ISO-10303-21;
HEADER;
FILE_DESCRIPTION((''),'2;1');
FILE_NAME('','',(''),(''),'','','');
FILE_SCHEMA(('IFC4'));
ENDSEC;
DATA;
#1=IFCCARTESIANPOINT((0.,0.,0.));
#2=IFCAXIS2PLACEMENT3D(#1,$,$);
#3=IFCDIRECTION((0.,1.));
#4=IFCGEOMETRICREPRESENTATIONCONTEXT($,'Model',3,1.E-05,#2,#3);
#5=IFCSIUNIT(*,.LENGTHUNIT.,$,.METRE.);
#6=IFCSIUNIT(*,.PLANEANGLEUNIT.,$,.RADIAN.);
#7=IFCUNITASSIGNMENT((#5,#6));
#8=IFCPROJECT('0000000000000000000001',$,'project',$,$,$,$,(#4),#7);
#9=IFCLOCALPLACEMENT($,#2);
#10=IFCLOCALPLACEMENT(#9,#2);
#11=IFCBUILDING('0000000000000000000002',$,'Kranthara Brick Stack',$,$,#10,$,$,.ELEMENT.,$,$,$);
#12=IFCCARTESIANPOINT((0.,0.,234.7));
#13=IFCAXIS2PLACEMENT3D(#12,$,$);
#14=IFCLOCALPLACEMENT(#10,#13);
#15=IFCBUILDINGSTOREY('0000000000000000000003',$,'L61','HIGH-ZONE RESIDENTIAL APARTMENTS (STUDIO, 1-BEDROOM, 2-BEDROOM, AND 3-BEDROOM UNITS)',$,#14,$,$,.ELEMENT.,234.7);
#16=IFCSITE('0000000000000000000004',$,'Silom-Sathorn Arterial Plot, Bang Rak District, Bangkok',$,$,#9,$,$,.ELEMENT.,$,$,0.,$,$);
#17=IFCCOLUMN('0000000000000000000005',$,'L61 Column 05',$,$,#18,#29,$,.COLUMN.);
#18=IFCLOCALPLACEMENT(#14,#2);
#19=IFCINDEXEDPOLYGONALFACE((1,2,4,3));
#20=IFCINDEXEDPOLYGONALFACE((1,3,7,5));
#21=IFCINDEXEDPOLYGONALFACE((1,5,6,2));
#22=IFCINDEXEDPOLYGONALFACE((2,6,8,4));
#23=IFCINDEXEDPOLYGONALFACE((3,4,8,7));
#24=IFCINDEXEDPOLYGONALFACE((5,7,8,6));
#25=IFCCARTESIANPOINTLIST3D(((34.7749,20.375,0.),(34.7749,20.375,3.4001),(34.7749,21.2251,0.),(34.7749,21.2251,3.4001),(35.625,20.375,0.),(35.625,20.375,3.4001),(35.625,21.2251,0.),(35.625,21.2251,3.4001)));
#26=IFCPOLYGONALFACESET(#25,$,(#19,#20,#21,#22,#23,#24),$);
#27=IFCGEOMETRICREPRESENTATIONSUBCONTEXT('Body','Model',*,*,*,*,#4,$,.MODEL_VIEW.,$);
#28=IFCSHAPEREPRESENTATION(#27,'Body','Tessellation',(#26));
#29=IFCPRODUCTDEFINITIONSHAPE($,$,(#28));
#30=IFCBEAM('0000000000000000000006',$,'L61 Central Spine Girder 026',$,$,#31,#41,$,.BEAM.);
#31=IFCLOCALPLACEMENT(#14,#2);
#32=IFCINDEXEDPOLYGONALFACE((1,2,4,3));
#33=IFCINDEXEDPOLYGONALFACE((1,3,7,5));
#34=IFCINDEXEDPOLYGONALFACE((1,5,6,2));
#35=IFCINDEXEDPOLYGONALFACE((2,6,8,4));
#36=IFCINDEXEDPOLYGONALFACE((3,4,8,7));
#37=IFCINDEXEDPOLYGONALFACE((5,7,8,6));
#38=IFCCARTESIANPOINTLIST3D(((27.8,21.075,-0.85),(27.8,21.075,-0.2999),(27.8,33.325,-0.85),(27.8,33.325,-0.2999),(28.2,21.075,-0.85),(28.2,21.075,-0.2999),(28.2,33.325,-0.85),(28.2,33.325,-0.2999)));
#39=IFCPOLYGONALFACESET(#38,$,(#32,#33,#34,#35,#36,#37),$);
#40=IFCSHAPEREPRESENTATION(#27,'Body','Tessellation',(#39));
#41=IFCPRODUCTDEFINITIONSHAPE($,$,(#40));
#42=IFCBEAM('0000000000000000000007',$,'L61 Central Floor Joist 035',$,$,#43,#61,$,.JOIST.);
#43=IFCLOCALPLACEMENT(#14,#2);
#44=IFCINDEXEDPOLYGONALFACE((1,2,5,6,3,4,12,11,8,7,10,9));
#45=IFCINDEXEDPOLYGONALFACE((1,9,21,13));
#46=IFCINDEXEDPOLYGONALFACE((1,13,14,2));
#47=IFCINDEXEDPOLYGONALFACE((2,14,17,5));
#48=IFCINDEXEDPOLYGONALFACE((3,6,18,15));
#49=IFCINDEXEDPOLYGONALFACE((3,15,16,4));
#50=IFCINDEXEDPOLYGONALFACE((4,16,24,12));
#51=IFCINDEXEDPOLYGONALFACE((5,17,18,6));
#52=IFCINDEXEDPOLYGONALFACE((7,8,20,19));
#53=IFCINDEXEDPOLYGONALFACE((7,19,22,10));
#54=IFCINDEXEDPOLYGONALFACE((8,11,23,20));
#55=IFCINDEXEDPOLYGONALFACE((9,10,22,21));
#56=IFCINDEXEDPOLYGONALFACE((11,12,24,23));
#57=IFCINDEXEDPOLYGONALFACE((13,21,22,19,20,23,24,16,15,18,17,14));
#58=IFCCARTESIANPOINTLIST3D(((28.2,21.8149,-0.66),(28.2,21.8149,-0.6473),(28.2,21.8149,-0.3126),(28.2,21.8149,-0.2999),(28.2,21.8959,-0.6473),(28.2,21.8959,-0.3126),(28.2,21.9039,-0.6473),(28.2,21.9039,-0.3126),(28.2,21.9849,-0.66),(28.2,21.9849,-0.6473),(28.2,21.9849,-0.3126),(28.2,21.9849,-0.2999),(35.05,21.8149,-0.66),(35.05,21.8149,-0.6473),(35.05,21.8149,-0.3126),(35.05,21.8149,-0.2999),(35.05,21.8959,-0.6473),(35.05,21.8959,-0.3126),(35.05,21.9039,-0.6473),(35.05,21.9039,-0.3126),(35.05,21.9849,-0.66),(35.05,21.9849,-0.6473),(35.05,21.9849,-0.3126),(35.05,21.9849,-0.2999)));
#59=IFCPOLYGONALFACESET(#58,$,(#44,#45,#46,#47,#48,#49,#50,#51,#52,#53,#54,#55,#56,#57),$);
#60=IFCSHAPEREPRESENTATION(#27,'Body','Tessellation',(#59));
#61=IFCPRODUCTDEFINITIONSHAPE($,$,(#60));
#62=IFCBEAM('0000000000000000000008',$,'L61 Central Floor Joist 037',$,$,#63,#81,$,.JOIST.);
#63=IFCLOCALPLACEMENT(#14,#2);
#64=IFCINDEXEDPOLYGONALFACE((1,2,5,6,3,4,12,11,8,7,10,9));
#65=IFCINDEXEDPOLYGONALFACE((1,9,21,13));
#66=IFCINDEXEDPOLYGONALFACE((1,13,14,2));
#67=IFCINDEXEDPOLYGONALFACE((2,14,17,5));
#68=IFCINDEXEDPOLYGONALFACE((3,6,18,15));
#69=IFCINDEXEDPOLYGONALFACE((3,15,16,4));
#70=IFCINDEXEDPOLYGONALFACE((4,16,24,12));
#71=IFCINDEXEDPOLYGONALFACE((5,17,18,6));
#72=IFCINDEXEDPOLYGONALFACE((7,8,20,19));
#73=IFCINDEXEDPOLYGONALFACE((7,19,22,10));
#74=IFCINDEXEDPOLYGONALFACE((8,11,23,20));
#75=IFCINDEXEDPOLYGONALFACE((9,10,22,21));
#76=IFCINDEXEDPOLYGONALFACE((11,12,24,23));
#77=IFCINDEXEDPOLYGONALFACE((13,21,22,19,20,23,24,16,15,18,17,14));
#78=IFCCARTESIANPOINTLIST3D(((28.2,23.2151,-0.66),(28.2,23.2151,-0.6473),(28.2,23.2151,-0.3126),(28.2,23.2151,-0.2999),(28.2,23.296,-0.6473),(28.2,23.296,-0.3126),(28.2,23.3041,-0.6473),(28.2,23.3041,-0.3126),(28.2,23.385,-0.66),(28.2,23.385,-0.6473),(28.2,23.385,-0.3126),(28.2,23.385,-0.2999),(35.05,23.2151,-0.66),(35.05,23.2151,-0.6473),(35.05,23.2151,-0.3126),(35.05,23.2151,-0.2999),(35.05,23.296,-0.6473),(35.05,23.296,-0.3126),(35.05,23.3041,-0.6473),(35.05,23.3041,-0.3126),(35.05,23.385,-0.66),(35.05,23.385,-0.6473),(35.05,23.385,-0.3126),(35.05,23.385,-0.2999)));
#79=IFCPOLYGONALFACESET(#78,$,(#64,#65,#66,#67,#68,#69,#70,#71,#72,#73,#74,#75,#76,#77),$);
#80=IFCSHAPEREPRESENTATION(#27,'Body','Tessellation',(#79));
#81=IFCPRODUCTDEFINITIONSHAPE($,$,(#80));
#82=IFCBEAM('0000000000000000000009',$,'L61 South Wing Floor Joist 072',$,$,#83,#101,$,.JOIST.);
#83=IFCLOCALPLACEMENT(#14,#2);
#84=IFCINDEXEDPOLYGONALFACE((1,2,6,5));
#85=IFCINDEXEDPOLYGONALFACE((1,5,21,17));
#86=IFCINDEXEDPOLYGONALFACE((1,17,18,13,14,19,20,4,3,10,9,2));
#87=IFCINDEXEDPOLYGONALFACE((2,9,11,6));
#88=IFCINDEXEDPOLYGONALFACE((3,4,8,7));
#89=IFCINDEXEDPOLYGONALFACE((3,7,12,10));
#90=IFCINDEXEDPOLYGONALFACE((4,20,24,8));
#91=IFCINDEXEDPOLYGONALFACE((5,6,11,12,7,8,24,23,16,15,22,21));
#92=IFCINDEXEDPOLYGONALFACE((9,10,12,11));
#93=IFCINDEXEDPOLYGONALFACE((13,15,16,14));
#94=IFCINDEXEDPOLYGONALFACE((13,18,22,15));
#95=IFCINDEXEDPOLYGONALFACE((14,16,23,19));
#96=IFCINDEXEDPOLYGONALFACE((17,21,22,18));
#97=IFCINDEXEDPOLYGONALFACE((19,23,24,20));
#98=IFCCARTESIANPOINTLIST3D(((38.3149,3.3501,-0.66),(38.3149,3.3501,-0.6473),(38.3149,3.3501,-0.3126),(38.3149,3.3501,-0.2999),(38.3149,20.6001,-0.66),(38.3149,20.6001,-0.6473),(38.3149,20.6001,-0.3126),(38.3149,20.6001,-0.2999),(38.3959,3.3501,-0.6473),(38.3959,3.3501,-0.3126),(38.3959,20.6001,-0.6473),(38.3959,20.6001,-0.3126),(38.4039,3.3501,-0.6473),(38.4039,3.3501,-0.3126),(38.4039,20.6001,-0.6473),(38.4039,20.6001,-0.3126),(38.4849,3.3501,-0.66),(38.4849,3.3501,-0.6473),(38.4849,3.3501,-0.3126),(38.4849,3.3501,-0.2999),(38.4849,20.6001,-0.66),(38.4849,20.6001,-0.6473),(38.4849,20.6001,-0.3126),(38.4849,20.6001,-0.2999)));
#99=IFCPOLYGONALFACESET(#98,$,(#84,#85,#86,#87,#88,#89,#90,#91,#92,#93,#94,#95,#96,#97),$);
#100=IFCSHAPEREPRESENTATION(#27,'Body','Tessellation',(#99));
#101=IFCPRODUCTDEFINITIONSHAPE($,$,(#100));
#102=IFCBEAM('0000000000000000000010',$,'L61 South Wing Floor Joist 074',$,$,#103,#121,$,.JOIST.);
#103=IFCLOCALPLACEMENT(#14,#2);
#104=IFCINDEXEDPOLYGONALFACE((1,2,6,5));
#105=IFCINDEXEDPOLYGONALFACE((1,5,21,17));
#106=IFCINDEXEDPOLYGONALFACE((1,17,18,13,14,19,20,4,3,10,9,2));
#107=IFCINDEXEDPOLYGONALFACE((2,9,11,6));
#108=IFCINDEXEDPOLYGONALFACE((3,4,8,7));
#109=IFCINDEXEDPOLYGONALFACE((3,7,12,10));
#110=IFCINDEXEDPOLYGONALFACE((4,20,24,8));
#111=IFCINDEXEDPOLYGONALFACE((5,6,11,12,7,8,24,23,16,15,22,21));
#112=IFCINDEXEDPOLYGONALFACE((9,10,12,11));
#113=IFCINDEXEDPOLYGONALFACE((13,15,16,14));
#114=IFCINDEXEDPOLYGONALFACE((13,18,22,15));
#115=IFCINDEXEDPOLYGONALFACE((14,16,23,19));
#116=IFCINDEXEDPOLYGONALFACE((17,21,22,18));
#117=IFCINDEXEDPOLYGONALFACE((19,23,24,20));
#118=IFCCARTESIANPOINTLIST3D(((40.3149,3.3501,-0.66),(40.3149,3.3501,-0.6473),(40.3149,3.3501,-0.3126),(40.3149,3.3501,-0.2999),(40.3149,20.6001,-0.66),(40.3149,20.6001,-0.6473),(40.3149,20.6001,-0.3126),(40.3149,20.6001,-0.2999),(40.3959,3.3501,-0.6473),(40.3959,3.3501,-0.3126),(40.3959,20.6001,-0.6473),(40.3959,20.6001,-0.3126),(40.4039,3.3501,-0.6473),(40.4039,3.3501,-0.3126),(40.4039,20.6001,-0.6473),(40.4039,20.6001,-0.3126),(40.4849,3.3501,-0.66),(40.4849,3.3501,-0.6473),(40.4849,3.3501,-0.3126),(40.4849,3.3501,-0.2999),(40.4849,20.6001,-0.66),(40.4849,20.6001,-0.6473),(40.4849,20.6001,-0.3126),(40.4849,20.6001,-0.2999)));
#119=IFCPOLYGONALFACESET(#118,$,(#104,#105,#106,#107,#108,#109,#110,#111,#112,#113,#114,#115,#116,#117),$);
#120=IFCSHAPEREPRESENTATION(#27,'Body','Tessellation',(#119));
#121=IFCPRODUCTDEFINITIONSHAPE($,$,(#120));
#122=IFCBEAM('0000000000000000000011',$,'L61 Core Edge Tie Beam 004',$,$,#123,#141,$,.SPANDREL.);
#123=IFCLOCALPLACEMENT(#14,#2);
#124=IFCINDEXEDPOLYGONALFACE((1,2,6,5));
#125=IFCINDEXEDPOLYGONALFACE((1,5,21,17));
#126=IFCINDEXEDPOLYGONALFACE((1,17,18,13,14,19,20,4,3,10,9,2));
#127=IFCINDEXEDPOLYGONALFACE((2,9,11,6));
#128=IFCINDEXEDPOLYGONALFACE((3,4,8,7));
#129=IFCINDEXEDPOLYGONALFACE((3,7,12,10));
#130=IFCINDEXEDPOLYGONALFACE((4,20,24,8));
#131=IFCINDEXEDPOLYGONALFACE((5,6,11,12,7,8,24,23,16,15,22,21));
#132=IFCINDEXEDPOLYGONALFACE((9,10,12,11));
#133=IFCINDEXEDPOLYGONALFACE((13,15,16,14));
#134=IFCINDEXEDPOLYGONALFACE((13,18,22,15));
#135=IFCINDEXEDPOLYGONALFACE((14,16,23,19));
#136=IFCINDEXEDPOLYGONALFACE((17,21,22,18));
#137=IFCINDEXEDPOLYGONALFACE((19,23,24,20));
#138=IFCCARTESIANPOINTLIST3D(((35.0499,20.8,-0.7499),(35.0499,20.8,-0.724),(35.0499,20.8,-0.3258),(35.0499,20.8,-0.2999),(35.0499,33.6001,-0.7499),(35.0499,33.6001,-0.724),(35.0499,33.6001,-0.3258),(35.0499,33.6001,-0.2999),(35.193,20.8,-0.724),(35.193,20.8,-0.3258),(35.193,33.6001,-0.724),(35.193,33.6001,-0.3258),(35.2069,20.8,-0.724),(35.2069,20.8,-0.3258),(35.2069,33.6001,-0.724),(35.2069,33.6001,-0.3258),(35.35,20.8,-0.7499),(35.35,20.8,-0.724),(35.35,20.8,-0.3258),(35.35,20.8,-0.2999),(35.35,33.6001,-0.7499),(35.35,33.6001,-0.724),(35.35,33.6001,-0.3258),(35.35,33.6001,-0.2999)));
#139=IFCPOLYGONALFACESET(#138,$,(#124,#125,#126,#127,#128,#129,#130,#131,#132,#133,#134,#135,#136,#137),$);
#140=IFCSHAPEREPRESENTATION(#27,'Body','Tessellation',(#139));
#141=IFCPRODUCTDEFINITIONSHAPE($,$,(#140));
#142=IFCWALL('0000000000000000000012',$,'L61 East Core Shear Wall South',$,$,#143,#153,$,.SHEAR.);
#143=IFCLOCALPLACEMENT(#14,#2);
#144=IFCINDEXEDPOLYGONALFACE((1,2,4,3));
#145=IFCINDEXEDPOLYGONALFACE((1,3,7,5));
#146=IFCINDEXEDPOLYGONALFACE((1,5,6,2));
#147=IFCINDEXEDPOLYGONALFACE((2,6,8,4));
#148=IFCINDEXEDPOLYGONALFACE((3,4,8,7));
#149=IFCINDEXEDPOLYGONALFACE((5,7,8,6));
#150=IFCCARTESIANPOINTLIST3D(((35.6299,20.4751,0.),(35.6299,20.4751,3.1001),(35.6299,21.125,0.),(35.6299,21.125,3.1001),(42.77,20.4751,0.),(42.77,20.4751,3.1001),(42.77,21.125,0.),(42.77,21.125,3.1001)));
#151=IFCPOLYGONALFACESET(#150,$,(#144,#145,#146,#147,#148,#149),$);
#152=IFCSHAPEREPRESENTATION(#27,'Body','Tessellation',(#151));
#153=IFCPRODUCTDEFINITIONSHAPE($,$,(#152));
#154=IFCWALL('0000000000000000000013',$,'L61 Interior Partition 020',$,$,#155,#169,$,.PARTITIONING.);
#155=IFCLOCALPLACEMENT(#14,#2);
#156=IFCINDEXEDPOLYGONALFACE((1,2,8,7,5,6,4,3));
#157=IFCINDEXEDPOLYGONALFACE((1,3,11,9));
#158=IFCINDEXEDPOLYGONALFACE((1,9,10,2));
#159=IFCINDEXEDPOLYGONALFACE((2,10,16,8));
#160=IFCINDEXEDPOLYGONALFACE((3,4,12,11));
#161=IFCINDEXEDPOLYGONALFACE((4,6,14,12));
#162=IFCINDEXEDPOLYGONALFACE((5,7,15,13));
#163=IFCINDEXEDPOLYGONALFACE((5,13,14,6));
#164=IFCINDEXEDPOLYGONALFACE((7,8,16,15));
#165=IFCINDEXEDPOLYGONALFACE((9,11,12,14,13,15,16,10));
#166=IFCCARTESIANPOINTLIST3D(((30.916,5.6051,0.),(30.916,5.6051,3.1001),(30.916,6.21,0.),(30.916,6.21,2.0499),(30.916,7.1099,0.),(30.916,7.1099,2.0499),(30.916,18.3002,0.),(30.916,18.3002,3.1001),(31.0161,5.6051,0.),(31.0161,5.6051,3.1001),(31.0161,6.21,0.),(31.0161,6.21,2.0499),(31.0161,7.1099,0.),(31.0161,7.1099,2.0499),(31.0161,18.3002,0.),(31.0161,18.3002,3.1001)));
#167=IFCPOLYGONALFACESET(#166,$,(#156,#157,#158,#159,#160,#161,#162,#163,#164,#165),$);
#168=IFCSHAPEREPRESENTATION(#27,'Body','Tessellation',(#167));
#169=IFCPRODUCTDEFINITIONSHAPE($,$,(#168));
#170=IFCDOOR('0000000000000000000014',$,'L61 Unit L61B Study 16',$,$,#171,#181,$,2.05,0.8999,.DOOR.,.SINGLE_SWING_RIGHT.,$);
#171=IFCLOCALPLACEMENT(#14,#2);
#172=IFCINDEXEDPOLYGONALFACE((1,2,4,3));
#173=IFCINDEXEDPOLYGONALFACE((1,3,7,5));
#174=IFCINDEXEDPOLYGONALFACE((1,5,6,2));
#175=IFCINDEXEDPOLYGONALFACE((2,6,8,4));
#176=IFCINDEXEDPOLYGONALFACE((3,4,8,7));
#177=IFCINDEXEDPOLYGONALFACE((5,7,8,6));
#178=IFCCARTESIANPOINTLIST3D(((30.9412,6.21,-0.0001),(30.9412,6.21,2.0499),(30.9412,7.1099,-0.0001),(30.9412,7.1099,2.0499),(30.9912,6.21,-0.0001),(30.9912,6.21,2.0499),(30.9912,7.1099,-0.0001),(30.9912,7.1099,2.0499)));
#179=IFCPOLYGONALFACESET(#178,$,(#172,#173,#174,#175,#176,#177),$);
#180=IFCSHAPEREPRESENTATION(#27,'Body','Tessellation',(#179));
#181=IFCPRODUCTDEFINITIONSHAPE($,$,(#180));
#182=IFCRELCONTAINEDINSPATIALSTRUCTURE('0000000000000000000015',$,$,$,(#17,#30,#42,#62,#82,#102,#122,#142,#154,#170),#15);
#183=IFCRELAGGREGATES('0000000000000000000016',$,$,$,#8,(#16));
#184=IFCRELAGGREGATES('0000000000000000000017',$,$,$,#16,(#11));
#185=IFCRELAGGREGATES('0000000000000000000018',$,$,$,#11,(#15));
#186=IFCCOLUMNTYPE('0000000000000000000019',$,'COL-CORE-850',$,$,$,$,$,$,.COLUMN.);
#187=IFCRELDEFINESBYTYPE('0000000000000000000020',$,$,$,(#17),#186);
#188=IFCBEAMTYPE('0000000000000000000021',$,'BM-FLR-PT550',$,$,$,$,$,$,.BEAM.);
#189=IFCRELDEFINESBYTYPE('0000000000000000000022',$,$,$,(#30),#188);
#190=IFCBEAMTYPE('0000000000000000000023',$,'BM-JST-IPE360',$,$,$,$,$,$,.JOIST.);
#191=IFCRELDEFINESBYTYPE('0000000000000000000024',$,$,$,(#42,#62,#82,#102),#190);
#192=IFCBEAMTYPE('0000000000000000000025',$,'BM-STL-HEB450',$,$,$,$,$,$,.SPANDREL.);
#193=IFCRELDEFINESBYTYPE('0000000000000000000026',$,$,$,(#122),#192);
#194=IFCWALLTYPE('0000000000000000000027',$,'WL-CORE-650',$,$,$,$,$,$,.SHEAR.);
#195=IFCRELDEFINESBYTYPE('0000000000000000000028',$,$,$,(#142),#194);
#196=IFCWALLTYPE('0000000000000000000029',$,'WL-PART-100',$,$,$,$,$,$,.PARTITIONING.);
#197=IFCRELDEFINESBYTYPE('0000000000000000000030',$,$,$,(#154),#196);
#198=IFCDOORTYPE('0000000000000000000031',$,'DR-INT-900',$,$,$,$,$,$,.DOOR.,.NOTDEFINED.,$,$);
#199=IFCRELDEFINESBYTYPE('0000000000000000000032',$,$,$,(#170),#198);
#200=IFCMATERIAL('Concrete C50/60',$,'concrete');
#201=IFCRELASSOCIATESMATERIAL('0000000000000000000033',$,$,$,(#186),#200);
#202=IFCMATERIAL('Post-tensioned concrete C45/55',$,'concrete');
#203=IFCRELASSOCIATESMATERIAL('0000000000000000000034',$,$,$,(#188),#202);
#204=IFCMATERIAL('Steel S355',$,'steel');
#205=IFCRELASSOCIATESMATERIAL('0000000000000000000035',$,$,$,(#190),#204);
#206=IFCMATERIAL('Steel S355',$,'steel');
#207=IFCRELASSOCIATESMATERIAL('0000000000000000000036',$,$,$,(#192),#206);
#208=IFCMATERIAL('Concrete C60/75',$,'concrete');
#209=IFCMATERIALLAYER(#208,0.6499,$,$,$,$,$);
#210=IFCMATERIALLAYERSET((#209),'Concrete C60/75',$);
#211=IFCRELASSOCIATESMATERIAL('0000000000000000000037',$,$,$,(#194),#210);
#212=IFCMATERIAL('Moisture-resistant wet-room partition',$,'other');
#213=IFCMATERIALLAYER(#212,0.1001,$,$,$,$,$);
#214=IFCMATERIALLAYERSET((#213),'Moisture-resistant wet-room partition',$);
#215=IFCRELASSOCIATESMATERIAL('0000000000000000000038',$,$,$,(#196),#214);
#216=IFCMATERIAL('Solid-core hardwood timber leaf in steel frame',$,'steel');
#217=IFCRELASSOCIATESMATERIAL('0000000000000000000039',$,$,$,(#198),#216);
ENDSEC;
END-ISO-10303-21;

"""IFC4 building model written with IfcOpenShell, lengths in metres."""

from ifc_helpers import new_model, si_unit, direction, frame, frame_2d, origin, origin_2d, place, context, subcontext, project, spatial, rectangle, i_section, extrude, material, layer, layer_set, material_profile, profile_set, type_object, element, fill, save


model = new_model("IFC4")

# Units and contexts
model_context = context("Model", 3, precision=1e-05, world=origin(), true_north=direction((0.0, 1.0)))
body_context = subcontext(model_context, "Body", "Model", "MODEL_VIEW")
ifc_project = project(units=[si_unit("LENGTHUNIT", "METRE"), si_unit("PLANEANGLEUNIT", "RADIAN")], contexts=[model_context])

# Site, building, storey
site_placement = place(None, origin())
site = spatial("IfcSite", under=ifc_project, at=site_placement, Name="Silom-Sathorn Arterial Plot, Bang Rak District, Bangkok", CompositionType="ELEMENT", RefElevation=0.0)
building_placement = place(site_placement, origin())
building = spatial("IfcBuilding", under=site, at=building_placement, Name="Kranthara Brick Stack", CompositionType="ELEMENT")
storey_placement = place(building_placement, frame((0.0, 0.0, 234.7)))
storey = spatial("IfcBuildingStorey", under=building, at=storey_placement, Name="L61", Description="HIGH-ZONE RESIDENTIAL APARTMENTS (STUDIO, 1-BEDROOM, 2-BEDROOM, AND 3-BEDROOM UNITS)", CompositionType="ELEMENT", Elevation=234.7)

# Column
ifc_material_1 = material(Name="Concrete C50/60", Category="concrete")
ifc_material_profile_1 = material_profile(ifc_material_1, rectangle(XDim=0.8501, YDim=0.8501, at=origin_2d()), Name="RC 850x850")
ifc_profile_set_1 = profile_set([ifc_material_profile_1], Name="Concrete C50/60")
column_type = type_object("IfcColumnType", Name="COL-CORE-850", PredefinedType="COLUMN", material=ifc_profile_set_1)
column_placement = place(storey_placement, frame((35.2, 20.8, 0.0), z_axis=(0.0, 0.0, 1.0), x_axis=(1.0, 0.0, 0.0)))
element("IfcColumn", 1, at=column_placement, inside=storey, type_object=column_type, Name="L61 Column 05", PredefinedType="COLUMN", context=body_context, shape_type="SweptSolid", body=[
    extrude(rectangle(XDim=0.8501, YDim=0.8501, at=origin_2d()), origin(), (0.0, 0.0, 1.0), 3.4001),
])

# Beams
ifc_material_2 = material(Name="Post-tensioned concrete C45/55", Category="concrete")
ifc_material_profile_2 = material_profile(ifc_material_2, rectangle(XDim=0.3999, YDim=0.55, at=origin_2d()), Name="PT 400x550")
ifc_profile_set_2 = profile_set([ifc_material_profile_2], Name="Post-tensioned concrete C45/55")
beam_type_1 = type_object("IfcBeamType", Name="BM-FLR-PT550", PredefinedType="BEAM", material=ifc_profile_set_2)
beam_1_placement = place(storey_placement, frame((28.0, 21.075, -0.575), z_axis=(0.0, 1.0, 0.0), x_axis=(-1.0, 0.0, 0.0)))
element("IfcBeam", 2, at=beam_1_placement, inside=storey, type_object=beam_type_1, Name="L61 Central Spine Girder 026", PredefinedType="BEAM", context=body_context, shape_type="SweptSolid", body=[
    extrude(rectangle(XDim=0.3999, YDim=0.55, at=origin_2d()), origin(), (0.0, 0.0, 1.0), 12.25),
])
ifc_material_3 = material(Name="Steel S355", Category="steel")
ifc_material_profile_3 = material_profile(ifc_material_3, i_section(OverallWidth=0.1699, OverallDepth=0.3601, WebThickness=0.0081, FlangeThickness=0.0127, at=origin_2d()), Name="IPE 360")
ifc_profile_set_3 = profile_set([ifc_material_profile_3], Name="Steel S355")
beam_type_2 = type_object("IfcBeamType", Name="BM-JST-IPE360", PredefinedType="JOIST", material=ifc_profile_set_3)
for number, where, z_axis, x_axis, name in (
    (3, (28.2, 21.8999, -0.48), (1.0, 0.0, 0.0), (0.0, 1.0, 0.0), "L61 Central Floor Joist 035"),
    (4, (28.2, 23.3, -0.48), (1.0, 0.0, 0.0), (0.0, 1.0, 0.0), "L61 Central Floor Joist 037"),
):
    element("IfcBeam", number, at=place(storey_placement, frame(where, z_axis=z_axis, x_axis=x_axis)), inside=storey, type_object=beam_type_2, Name=name, PredefinedType="JOIST", context=body_context, shape_type="SweptSolid", body=[
        extrude(i_section(OverallWidth=0.1699, OverallDepth=0.3601, WebThickness=0.0081, FlangeThickness=0.0127, at=origin_2d()), origin(), (0.0, 0.0, 1.0), 6.8501),
    ])
for number, where, z_axis, x_axis, name in (
    (5, (38.3999, 3.3501, -0.48), (0.0, 1.0, 0.0), (-1.0, 0.0, 0.0), "L61 South Wing Floor Joist 072"),
    (6, (40.3999, 3.3501, -0.48), (0.0, 1.0, 0.0), (-1.0, 0.0, 0.0), "L61 South Wing Floor Joist 074"),
):
    element("IfcBeam", number, at=place(storey_placement, frame(where, z_axis=z_axis, x_axis=x_axis)), inside=storey, type_object=beam_type_2, Name=name, PredefinedType="JOIST", context=body_context, shape_type="SweptSolid", body=[
        extrude(i_section(OverallWidth=0.1699, OverallDepth=0.3601, WebThickness=0.0081, FlangeThickness=0.0127, at=origin_2d()), origin(), (0.0, 0.0, 1.0), 17.25),
    ])
ifc_material_4 = material(Name="Steel S355", Category="steel")
ifc_material_profile_4 = material_profile(ifc_material_4, i_section(OverallWidth=0.3, OverallDepth=0.45, WebThickness=0.0139, FlangeThickness=0.0259, at=origin_2d()), Name="HEB 450")
ifc_profile_set_4 = profile_set([ifc_material_profile_4], Name="Steel S355")
beam_type_3 = type_object("IfcBeamType", Name="BM-STL-HEB450", PredefinedType="SPANDREL", material=ifc_profile_set_4)
beam_2_placement = place(storey_placement, frame((35.2, 20.8, -0.5249), z_axis=(0.0, 1.0, 0.0), x_axis=(-1.0, 0.0, 0.0)))
element("IfcBeam", 7, at=beam_2_placement, inside=storey, type_object=beam_type_3, Name="L61 Core Edge Tie Beam 004", PredefinedType="SPANDREL", context=body_context, shape_type="SweptSolid", body=[
    extrude(i_section(OverallWidth=0.3, OverallDepth=0.45, WebThickness=0.0139, FlangeThickness=0.0259, at=origin_2d()), origin(), (0.0, 0.0, 1.0), 12.8),
])

# Wall
ifc_material_5 = material(Name="Concrete C60/75", Category="concrete")
ifc_layer_1 = layer(ifc_material_5, 0.6499)
ifc_layer_set_1 = layer_set([ifc_layer_1], Name="Concrete C60/75")
wall_type_1 = type_object("IfcWallType", Name="WL-CORE-650", PredefinedType="SHEAR", material=ifc_layer_set_1)
wall_1_placement = place(storey_placement, frame((35.6299, 20.8, 0.0), z_axis=(0.0, 0.0, 1.0), x_axis=(1.0, 0.0, 0.0)))
element("IfcWall", 8, at=wall_1_placement, inside=storey, type_object=wall_type_1, Name="L61 East Core Shear Wall South", PredefinedType="SHEAR", context=body_context, shape_type="SweptSolid", body=[
    extrude(rectangle(XDim=7.1401, YDim=0.6499, at=frame_2d((3.5701, 0.0))), origin(), (0.0, 0.0, 1.0), 3.1001),
])

# Wall, opening, door
ifc_material_6 = material(Name="Moisture-resistant wet-room partition", Category="other")
ifc_layer_2 = layer(ifc_material_6, 0.1001)
ifc_layer_set_2 = layer_set([ifc_layer_2], Name="Moisture-resistant wet-room partition")
wall_type_2 = type_object("IfcWallType", Name="WL-PART-100", PredefinedType="PARTITIONING", material=ifc_layer_set_2)
wall_2_placement = place(storey_placement, frame((30.9661, 5.605, 0.0), z_axis=(0.0, 0.0, 1.0), x_axis=(0.0, 1.0, 0.0)))
wall_2 = element("IfcWall", 9, at=wall_2_placement, inside=storey, type_object=wall_type_2, Name="L61 Interior Partition 020", PredefinedType="PARTITIONING", context=body_context, shape_type="SweptSolid", body=[
    extrude(rectangle(XDim=12.6951, YDim=0.1001, at=frame_2d((6.3477, 0.0))), origin(), (0.0, 0.0, 1.0), 3.1001),
])
opening_1_placement = place(wall_2_placement, frame((0.605, 0.0, 0.0)))
opening_1 = element("IfcOpeningElement", 10, at=opening_1_placement, cuts=wall_2, PredefinedType="OPENING", context=body_context, shape_type="SweptSolid", body=[
    extrude(rectangle(XDim=0.8999, YDim=2.05, at=frame_2d((0.45, 1.0249))), frame((0.0, 0.0601, 0.0), z_axis=(0.0, -1.0, 0.0), x_axis=(1.0, 0.0, 0.0)), (0.0, 0.0, 1.0), 0.1201),
])
ifc_material_7 = material(Name="Solid-core hardwood timber leaf in steel frame", Category="steel")
door_type_1 = type_object("IfcDoorType", Name="DR-INT-900", OperationType="NOTDEFINED", PredefinedType="DOOR", material=ifc_material_7)
door_1_placement = place(opening_1_placement, origin())
door_1 = element("IfcDoor", 11, at=door_1_placement, inside=storey, type_object=door_type_1, Name="L61 Unit L61B Study 16", OperationType="SINGLE_SWING_RIGHT", OverallHeight=2.05, OverallWidth=0.8999, PredefinedType="DOOR", context=body_context, shape_type="SweptSolid", body=[
    extrude(rectangle(XDim=0.8999, YDim=2.05, at=frame_2d((0.45, 1.0249))), frame((0.0, 0.0249, 0.0), z_axis=(0.0, -1.0, 0.0), x_axis=(1.0, 0.0, 0.0)), (0.0, 0.0, 1.0), 0.05),
])
fill(opening_1, door_1)

save(model, "model.ifc")
